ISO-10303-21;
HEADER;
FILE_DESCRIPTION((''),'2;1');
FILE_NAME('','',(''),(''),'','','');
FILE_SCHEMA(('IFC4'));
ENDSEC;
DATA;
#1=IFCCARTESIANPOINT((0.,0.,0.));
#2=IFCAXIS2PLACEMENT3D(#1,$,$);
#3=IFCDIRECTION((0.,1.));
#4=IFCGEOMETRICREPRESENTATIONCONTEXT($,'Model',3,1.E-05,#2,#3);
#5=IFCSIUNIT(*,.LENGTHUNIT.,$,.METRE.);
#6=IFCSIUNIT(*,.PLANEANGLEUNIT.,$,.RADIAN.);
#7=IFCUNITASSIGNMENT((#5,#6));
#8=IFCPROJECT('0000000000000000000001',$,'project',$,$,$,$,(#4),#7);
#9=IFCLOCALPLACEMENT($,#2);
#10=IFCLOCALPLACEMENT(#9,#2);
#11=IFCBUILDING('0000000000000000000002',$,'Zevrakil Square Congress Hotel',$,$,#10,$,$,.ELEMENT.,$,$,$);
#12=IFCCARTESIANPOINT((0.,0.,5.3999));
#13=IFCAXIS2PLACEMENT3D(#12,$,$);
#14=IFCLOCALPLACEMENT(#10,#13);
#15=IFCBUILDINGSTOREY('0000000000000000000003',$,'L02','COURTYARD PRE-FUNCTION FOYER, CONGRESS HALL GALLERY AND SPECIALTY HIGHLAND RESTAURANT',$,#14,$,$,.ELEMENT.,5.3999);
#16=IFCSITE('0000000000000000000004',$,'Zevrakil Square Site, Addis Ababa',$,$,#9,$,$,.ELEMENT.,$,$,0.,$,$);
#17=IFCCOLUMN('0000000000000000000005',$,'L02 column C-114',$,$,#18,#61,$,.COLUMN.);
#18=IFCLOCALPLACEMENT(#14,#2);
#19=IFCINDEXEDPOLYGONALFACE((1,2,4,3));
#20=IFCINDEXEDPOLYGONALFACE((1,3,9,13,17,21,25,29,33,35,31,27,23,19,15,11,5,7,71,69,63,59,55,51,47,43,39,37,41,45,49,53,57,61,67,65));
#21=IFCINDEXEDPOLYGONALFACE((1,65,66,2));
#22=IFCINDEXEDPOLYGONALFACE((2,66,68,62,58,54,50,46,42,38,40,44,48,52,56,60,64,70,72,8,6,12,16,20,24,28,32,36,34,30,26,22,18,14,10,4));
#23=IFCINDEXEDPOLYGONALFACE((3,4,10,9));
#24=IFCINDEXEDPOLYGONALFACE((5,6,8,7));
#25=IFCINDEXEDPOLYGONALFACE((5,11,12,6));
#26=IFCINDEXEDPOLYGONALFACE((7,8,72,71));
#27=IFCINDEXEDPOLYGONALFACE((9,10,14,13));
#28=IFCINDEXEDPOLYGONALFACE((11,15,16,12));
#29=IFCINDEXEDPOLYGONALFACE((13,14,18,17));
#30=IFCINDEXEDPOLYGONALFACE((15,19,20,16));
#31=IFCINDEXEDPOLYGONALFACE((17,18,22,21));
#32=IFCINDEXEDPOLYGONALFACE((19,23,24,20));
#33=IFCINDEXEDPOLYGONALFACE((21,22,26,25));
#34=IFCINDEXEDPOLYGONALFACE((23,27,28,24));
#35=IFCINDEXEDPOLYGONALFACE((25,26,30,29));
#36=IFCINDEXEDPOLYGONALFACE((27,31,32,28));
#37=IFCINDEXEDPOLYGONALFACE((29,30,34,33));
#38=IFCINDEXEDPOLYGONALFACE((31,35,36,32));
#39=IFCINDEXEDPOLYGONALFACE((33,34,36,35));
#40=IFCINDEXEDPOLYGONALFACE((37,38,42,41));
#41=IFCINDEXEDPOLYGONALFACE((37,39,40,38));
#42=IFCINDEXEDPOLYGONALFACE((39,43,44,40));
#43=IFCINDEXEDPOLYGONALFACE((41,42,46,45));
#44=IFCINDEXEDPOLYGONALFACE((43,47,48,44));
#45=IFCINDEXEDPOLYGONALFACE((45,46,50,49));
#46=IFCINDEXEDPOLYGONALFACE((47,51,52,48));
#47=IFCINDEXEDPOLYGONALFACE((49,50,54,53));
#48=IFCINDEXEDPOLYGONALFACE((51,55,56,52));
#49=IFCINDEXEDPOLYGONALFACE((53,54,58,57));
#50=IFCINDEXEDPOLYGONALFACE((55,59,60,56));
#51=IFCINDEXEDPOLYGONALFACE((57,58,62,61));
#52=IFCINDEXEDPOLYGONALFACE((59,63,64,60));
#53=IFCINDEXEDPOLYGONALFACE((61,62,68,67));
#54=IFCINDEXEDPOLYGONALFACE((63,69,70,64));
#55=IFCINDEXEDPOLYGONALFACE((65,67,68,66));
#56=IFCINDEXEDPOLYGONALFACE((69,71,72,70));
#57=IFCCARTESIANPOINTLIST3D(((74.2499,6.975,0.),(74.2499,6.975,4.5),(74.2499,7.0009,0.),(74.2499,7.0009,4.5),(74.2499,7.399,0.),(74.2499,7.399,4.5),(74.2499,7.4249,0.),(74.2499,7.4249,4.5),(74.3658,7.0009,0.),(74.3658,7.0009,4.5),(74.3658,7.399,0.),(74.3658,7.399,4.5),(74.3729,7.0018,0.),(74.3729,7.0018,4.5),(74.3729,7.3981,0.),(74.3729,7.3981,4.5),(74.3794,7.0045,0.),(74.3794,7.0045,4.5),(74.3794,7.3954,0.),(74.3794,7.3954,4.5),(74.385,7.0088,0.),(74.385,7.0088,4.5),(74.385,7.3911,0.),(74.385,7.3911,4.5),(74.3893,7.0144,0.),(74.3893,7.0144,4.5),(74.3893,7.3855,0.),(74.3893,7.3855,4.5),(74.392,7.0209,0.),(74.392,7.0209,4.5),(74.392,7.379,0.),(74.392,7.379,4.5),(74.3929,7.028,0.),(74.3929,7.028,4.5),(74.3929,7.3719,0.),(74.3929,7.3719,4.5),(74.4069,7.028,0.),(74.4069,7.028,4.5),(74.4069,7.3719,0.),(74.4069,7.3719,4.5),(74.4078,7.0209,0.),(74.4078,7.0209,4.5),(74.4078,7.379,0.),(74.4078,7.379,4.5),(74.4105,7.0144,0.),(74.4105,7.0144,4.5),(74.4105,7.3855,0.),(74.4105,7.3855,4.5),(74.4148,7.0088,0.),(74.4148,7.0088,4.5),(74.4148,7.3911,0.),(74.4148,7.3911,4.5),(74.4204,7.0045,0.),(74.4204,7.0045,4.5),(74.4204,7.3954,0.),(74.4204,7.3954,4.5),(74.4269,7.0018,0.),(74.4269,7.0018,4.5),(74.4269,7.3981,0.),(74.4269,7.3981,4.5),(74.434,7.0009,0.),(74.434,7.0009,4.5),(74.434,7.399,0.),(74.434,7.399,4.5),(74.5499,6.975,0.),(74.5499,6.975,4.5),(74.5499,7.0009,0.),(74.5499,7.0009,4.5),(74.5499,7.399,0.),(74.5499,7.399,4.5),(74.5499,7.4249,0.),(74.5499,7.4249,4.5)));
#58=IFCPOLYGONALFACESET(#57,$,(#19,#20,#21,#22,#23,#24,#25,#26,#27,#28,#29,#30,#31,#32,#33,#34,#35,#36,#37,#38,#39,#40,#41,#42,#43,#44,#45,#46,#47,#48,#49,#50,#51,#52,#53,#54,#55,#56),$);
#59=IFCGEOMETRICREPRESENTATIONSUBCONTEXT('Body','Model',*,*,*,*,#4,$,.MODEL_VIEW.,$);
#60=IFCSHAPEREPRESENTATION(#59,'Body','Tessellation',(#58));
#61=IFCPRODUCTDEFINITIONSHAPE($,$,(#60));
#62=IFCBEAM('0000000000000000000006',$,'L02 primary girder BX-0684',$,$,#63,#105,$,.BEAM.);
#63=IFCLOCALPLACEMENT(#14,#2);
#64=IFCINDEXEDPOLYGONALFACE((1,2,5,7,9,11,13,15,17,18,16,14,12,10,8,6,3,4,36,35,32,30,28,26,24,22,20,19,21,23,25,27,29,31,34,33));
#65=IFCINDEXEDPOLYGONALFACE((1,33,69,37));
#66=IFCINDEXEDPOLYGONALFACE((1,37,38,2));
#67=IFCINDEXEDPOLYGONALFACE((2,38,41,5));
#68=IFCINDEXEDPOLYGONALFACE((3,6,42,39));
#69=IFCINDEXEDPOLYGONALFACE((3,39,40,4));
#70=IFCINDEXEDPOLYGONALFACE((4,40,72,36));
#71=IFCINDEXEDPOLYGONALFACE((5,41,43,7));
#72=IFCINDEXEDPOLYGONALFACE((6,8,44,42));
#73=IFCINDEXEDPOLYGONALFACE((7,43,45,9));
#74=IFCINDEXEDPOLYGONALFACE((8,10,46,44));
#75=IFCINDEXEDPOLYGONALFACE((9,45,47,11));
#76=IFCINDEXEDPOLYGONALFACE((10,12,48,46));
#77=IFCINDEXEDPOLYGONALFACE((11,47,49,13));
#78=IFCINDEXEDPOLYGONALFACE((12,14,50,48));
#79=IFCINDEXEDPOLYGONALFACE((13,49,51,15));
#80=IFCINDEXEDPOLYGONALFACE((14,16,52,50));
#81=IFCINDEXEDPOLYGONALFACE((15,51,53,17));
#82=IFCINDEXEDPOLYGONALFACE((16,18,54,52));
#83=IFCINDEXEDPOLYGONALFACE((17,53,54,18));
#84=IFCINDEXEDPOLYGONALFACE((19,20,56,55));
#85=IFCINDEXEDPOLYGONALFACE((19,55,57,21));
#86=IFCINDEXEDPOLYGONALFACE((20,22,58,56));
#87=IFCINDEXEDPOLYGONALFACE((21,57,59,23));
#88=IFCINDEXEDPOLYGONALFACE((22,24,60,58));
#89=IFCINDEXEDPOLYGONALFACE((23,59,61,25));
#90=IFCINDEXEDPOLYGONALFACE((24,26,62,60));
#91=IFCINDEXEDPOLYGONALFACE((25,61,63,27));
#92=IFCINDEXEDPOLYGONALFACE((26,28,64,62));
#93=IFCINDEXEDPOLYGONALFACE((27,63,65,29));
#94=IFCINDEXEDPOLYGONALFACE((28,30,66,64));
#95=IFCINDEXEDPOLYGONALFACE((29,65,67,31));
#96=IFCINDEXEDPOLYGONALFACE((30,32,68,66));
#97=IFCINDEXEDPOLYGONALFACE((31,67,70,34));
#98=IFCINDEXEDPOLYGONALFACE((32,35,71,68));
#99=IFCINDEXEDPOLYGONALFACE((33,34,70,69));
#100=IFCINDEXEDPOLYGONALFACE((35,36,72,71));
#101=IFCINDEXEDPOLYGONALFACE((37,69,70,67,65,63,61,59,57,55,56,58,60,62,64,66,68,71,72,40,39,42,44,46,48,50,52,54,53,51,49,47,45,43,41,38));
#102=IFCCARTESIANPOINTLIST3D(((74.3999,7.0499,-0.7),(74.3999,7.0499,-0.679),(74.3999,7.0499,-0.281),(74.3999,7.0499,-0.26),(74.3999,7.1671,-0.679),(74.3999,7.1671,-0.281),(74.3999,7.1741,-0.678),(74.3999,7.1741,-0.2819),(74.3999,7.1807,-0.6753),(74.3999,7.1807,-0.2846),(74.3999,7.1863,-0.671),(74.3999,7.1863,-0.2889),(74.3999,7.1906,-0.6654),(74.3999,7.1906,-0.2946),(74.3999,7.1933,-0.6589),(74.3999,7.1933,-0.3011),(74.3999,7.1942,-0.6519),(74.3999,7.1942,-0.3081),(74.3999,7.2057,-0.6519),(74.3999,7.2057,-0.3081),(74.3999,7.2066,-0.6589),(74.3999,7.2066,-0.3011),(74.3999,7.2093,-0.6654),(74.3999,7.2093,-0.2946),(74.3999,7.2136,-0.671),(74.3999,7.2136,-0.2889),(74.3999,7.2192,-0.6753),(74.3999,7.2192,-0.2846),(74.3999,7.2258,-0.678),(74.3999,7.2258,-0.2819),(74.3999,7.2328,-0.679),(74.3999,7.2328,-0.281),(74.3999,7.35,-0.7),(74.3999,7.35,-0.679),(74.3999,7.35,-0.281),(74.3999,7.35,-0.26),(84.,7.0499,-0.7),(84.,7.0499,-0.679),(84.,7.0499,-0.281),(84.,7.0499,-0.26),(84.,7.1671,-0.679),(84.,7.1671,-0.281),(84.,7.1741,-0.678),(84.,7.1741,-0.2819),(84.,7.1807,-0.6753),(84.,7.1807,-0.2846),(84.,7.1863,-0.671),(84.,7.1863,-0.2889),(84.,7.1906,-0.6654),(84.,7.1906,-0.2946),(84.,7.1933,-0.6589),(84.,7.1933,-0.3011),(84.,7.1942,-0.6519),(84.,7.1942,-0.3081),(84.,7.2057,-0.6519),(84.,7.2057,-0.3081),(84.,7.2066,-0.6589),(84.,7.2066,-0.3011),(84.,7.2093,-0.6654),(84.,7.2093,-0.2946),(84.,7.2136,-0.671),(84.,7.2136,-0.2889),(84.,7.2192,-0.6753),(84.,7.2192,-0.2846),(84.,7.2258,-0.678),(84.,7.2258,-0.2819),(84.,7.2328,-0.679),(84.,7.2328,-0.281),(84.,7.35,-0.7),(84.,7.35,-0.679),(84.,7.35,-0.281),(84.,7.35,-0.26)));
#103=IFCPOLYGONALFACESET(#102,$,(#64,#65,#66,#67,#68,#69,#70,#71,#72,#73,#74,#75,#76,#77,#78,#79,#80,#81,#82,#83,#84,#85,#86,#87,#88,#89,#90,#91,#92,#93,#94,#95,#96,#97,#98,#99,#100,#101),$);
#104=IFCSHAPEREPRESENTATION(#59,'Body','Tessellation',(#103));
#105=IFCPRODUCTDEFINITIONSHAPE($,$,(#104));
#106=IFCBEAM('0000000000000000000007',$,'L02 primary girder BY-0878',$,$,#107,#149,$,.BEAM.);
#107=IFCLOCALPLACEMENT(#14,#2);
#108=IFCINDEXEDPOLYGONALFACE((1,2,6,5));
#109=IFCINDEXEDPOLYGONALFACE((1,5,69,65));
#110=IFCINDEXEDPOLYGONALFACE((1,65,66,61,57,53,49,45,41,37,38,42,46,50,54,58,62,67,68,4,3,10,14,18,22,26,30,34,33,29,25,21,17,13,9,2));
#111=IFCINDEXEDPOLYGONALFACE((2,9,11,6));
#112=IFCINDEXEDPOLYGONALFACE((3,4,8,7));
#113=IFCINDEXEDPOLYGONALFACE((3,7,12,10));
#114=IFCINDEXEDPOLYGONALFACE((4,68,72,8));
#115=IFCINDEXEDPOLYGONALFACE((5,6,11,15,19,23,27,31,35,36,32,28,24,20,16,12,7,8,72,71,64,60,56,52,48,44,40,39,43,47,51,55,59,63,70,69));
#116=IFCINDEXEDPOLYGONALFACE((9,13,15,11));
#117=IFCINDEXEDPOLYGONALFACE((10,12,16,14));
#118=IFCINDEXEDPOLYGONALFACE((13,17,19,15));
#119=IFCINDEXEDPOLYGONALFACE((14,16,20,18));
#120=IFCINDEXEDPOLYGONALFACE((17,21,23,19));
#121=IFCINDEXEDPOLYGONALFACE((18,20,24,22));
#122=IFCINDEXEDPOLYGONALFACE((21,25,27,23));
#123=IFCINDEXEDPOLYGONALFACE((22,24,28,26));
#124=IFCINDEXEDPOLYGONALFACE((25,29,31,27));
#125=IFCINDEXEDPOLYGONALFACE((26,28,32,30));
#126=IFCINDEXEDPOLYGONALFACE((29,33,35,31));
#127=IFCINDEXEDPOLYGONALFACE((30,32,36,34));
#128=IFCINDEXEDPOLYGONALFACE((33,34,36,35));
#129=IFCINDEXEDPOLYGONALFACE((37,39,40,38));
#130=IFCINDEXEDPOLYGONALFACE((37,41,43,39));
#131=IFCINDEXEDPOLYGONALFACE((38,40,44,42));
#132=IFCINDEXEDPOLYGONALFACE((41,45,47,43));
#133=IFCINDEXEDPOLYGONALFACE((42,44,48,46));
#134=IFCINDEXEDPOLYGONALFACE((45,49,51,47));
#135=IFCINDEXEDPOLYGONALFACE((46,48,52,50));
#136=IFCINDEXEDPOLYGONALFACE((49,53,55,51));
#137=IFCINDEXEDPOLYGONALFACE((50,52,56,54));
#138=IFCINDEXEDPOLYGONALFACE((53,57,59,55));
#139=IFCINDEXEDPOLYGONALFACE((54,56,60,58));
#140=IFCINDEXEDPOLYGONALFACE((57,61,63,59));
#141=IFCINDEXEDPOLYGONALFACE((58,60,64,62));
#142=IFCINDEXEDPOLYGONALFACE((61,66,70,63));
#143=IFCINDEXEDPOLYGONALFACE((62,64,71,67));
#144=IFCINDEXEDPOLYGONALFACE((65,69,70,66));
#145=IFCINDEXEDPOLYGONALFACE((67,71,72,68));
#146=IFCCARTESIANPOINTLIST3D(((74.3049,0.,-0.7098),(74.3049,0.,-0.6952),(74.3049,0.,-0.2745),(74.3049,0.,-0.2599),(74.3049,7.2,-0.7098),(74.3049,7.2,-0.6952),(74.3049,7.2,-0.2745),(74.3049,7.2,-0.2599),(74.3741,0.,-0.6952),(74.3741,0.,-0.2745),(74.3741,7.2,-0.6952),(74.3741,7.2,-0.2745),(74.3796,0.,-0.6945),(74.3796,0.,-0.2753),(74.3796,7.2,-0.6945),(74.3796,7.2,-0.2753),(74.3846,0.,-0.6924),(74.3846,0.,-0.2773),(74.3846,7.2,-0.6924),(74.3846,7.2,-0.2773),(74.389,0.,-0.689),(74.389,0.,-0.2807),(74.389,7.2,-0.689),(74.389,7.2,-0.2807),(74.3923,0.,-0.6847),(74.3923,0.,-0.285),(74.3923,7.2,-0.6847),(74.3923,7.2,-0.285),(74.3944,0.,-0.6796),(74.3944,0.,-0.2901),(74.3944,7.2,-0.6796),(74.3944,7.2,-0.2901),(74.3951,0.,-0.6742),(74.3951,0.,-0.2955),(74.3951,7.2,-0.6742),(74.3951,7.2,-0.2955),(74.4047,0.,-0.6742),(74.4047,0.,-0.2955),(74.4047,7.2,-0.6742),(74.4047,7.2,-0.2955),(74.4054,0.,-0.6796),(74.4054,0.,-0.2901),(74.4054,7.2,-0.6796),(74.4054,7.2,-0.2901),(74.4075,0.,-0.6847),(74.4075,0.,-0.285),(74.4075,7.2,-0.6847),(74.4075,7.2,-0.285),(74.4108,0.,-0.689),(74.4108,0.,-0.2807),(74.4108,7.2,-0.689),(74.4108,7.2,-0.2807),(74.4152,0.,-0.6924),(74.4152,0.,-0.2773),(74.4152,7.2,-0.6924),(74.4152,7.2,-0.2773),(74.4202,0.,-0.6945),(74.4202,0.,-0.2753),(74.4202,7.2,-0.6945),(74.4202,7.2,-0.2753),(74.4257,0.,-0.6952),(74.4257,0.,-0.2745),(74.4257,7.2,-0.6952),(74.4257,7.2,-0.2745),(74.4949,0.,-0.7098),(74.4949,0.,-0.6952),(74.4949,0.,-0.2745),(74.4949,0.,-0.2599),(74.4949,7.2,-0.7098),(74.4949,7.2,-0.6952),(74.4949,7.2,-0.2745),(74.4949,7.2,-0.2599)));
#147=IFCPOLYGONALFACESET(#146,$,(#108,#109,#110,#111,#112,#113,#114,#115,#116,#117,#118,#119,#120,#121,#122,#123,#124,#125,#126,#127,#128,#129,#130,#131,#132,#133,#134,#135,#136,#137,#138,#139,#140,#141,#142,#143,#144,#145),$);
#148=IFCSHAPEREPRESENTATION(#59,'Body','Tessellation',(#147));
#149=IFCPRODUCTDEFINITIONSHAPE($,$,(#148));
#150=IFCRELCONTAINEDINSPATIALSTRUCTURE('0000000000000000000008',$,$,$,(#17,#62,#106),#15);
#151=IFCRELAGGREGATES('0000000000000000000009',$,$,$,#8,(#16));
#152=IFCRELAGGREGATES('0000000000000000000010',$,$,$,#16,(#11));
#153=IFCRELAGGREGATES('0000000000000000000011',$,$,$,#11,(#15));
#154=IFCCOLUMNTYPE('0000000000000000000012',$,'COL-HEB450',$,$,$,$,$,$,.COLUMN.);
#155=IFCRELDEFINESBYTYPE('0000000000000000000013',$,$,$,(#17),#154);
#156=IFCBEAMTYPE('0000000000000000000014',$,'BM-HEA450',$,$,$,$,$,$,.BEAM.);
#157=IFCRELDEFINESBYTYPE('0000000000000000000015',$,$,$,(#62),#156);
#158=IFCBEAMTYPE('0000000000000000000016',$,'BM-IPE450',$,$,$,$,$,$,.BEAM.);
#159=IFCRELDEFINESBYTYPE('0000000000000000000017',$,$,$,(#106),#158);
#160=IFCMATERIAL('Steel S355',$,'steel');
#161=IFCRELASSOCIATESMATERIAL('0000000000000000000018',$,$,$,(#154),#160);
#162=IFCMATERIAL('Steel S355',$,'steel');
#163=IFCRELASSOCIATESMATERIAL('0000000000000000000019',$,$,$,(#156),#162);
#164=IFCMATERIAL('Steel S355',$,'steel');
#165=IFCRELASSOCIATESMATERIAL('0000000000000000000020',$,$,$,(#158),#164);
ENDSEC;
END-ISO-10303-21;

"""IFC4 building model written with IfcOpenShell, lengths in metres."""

from ifc_helpers import new_model, si_unit, direction, frame, origin, origin_2d, place, context, subcontext, project, spatial, i_section, extrude, material, material_profile, profile_set, type_object, element, save


model = new_model("IFC4")

# Units and contexts
model_context = context("Model", 3, precision=1e-05, world=origin(), true_north=direction((0.0, 1.0)))
body_context = subcontext(model_context, "Body", "Model", "MODEL_VIEW")
ifc_project = project(units=[si_unit("LENGTHUNIT", "METRE"), si_unit("PLANEANGLEUNIT", "RADIAN")], contexts=[model_context])

# Site, building, storey
site_placement = place(None, origin())
site = spatial("IfcSite", under=ifc_project, at=site_placement, Name="Zevrakil Square Site, Addis Ababa", CompositionType="ELEMENT", RefElevation=0.0)
building_placement = place(site_placement, origin())
building = spatial("IfcBuilding", under=site, at=building_placement, Name="Zevrakil Square Congress Hotel", CompositionType="ELEMENT")
storey_placement = place(building_placement, frame((0.0, 0.0, 5.3999)))
storey = spatial("IfcBuildingStorey", under=building, at=storey_placement, Name="L02", Description="COURTYARD PRE-FUNCTION FOYER, CONGRESS HALL GALLERY AND SPECIALTY HIGHLAND RESTAURANT", CompositionType="ELEMENT", Elevation=5.3999)

# Column
ifc_material_1 = material(Name="Steel S355", Category="steel")
ifc_material_profile_1 = material_profile(ifc_material_1, i_section(OverallWidth=0.3, OverallDepth=0.45, WebThickness=0.0139, FlangeThickness=0.0259, FilletRadius=0.0271, at=origin_2d()), Name="HEB 450")
ifc_profile_set_1 = profile_set([ifc_material_profile_1], Name="Steel S355")
column_type = type_object("IfcColumnType", Name="COL-HEB450", PredefinedType="COLUMN", material=ifc_profile_set_1)
column_placement = place(storey_placement, frame((74.3999, 7.2, 0.0), z_axis=(0.0, 0.0, 1.0), x_axis=(1.0, 0.0, 0.0)))
element("IfcColumn", 1, at=column_placement, inside=storey, type_object=column_type, Name="L02 column C-114", PredefinedType="COLUMN", context=body_context, shape_type="SweptSolid", body=[
    extrude(i_section(OverallWidth=0.3, OverallDepth=0.45, WebThickness=0.0139, FlangeThickness=0.0259, FilletRadius=0.0271, at=origin_2d()), origin(), (0.0, 0.0, 1.0), 4.5),
])

# Beams
ifc_material_2 = material(Name="Steel S355", Category="steel")
ifc_material_profile_2 = material_profile(ifc_material_2, i_section(OverallWidth=0.3, OverallDepth=0.4399, WebThickness=0.0115, FlangeThickness=0.021, FilletRadius=0.0271, at=origin_2d()), Name="HEA 450")
ifc_profile_set_2 = profile_set([ifc_material_profile_2], Name="Steel S355")
beam_type_1 = type_object("IfcBeamType", Name="BM-HEA450", PredefinedType="BEAM", material=ifc_profile_set_2)
beam_1_placement = place(storey_placement, frame((74.3999, 7.2, -0.48), z_axis=(1.0, 0.0, 0.0), x_axis=(0.0, 1.0, 0.0)))
element("IfcBeam", 2, at=beam_1_placement, inside=storey, type_object=beam_type_1, Name="L02 primary girder BX-0684", PredefinedType="BEAM", context=body_context, shape_type="SweptSolid", body=[
    extrude(i_section(OverallWidth=0.3, OverallDepth=0.4399, WebThickness=0.0115, FlangeThickness=0.021, FilletRadius=0.0271, at=origin_2d()), origin(), (0.0, 0.0, 1.0), 9.6001),
])
ifc_material_3 = material(Name="Steel S355", Category="steel")
ifc_material_profile_3 = material_profile(ifc_material_3, i_section(OverallWidth=0.1899, OverallDepth=0.45, WebThickness=0.0095, FlangeThickness=0.0146, FilletRadius=0.021, at=origin_2d()), Name="IPE 450")
ifc_profile_set_3 = profile_set([ifc_material_profile_3], Name="Steel S355")
beam_type_2 = type_object("IfcBeamType", Name="BM-IPE450", PredefinedType="BEAM", material=ifc_profile_set_3)
beam_2_placement = place(storey_placement, frame((74.3999, 0.0, -0.4849), z_axis=(0.0, 1.0, 0.0), x_axis=(-1.0, 0.0, 0.0)))
element("IfcBeam", 3, at=beam_2_placement, inside=storey, type_object=beam_type_2, Name="L02 primary girder BY-0878", PredefinedType="BEAM", context=body_context, shape_type="SweptSolid", body=[
    extrude(i_section(OverallWidth=0.1899, OverallDepth=0.45, WebThickness=0.0095, FlangeThickness=0.0146, FilletRadius=0.021, at=origin_2d()), origin(), (0.0, 0.0, 1.0), 7.2),
])

save(model, "model.ifc")
